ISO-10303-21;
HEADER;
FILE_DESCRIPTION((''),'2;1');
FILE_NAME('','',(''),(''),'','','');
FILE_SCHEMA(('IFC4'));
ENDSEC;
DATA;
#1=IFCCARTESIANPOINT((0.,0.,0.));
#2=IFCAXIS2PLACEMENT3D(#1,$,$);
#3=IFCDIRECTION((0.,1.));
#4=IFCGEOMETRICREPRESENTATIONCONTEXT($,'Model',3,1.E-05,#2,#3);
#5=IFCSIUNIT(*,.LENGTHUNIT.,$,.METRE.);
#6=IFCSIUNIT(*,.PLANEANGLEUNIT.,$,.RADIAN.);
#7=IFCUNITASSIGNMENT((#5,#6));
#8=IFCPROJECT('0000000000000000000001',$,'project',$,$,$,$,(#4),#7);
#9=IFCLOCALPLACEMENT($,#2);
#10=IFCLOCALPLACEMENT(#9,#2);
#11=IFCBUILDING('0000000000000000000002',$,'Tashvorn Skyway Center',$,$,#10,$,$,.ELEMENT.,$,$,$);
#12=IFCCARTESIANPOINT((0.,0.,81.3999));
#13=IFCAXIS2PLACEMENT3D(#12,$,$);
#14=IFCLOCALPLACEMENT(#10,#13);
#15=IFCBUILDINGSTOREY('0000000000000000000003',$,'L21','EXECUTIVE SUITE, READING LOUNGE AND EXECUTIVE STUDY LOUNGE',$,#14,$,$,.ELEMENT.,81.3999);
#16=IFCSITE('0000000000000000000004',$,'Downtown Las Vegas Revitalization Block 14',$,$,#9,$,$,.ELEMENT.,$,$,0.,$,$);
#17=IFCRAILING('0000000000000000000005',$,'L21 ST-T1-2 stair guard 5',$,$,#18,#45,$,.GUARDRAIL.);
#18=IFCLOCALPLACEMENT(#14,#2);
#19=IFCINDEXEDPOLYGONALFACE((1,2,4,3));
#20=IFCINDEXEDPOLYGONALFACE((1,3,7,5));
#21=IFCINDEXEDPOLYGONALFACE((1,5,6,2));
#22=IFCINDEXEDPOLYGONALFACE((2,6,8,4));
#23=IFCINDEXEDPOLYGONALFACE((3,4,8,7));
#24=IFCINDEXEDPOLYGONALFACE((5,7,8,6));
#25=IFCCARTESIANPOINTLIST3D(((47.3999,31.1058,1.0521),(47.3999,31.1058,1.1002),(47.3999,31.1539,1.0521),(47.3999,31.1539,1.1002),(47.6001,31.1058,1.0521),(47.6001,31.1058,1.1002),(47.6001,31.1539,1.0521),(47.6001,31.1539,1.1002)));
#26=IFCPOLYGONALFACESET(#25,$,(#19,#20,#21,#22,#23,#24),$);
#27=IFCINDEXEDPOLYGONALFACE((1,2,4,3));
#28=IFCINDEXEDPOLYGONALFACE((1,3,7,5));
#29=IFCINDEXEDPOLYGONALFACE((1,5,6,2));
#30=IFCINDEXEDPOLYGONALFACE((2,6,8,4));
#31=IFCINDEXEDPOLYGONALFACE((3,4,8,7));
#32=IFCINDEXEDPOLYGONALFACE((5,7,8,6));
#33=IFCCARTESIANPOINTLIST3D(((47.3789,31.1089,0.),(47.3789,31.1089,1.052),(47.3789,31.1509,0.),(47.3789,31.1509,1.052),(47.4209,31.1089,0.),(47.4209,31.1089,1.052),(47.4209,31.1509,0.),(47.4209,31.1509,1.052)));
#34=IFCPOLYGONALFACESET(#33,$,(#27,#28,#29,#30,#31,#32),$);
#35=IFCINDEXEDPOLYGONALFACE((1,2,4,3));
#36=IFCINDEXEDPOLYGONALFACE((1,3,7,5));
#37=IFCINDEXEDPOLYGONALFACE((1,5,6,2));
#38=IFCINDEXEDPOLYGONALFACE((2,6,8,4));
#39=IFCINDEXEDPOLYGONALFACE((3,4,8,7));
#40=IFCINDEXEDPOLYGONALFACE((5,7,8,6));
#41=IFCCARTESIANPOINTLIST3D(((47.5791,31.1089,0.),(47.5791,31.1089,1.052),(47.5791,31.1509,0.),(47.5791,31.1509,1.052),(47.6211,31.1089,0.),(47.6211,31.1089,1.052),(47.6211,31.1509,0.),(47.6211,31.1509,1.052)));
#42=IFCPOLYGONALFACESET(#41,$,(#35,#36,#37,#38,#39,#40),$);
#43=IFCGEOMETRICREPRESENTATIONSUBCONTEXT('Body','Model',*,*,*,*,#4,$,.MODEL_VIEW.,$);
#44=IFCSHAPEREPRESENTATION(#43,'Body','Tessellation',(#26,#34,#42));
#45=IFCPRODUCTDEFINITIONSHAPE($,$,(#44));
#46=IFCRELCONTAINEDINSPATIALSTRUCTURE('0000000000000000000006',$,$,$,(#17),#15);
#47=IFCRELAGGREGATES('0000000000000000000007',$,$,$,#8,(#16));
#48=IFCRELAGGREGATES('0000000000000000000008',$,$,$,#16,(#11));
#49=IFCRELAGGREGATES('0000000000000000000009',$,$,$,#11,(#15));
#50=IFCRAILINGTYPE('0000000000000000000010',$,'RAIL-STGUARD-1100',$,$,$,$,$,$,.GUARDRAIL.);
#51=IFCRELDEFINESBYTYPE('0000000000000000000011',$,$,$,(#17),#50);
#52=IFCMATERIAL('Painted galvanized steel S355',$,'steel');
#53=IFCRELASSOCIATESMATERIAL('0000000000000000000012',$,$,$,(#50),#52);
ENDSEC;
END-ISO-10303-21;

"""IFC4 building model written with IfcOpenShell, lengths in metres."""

from ifc_helpers import new_model, si_unit, direction, frame, origin, origin_2d, place, context, subcontext, project, spatial, rectangle, extrude, material, type_object, element, save


model = new_model("IFC4")

# Units and contexts
model_context = context("Model", 3, precision=1e-05, world=origin(), true_north=direction((0.0, 1.0)))
body_context = subcontext(model_context, "Body", "Model", "MODEL_VIEW")
ifc_project = project(units=[si_unit("LENGTHUNIT", "METRE"), si_unit("PLANEANGLEUNIT", "RADIAN")], contexts=[model_context])

# Site, building, storey
site_placement = place(None, origin())
site = spatial("IfcSite", under=ifc_project, at=site_placement, Name="Downtown Las Vegas Revitalization Block 14", CompositionType="ELEMENT", RefElevation=0.0)
building_placement = place(site_placement, origin())
building = spatial("IfcBuilding", under=site, at=building_placement, Name="Tashvorn Skyway Center", CompositionType="ELEMENT")
storey_placement = place(building_placement, frame((0.0, 0.0, 81.3999)))
storey = spatial("IfcBuildingStorey", under=building, at=storey_placement, Name="L21", Description="EXECUTIVE SUITE, READING LOUNGE AND EXECUTIVE STUDY LOUNGE", CompositionType="ELEMENT", Elevation=81.3999)

# Railing
ifc_material_1 = material(Name="Painted galvanized steel S355", Category="steel")
railing_type_1 = type_object("IfcRailingType", Name="RAIL-STGUARD-1100", PredefinedType="GUARDRAIL", material=ifc_material_1)
for number, where, name in (
    (1, (47.3999, 31.1299, 0.0), "L21 ST-T1-2 stair guard 5"),
):
    element("IfcRailing", number, at=place(storey_placement, frame(where)), inside=storey, type_object=railing_type_1, Name=name, PredefinedType="GUARDRAIL", context=body_context, shape_type="SweptSolid", body=[
        extrude(rectangle(XDim=0.0481, YDim=0.0481, at=origin_2d()), frame((0.0, 0.0, 1.0762), z_axis=(1.0, 0.0, 0.0), x_axis=(0.0, 1.0, 0.0)), (0.0, 0.0, 1.0), 0.2002),
        extrude(rectangle(XDim=0.042, YDim=0.042, at=origin_2d()), origin(), (0.0, 0.0, 1.0), 1.052),
        extrude(rectangle(XDim=0.042, YDim=0.042, at=origin_2d()), frame((0.2002, 0.0, 0.0)), (0.0, 0.0, 1.0), 1.052),
    ])

save(model, "model.ifc")
